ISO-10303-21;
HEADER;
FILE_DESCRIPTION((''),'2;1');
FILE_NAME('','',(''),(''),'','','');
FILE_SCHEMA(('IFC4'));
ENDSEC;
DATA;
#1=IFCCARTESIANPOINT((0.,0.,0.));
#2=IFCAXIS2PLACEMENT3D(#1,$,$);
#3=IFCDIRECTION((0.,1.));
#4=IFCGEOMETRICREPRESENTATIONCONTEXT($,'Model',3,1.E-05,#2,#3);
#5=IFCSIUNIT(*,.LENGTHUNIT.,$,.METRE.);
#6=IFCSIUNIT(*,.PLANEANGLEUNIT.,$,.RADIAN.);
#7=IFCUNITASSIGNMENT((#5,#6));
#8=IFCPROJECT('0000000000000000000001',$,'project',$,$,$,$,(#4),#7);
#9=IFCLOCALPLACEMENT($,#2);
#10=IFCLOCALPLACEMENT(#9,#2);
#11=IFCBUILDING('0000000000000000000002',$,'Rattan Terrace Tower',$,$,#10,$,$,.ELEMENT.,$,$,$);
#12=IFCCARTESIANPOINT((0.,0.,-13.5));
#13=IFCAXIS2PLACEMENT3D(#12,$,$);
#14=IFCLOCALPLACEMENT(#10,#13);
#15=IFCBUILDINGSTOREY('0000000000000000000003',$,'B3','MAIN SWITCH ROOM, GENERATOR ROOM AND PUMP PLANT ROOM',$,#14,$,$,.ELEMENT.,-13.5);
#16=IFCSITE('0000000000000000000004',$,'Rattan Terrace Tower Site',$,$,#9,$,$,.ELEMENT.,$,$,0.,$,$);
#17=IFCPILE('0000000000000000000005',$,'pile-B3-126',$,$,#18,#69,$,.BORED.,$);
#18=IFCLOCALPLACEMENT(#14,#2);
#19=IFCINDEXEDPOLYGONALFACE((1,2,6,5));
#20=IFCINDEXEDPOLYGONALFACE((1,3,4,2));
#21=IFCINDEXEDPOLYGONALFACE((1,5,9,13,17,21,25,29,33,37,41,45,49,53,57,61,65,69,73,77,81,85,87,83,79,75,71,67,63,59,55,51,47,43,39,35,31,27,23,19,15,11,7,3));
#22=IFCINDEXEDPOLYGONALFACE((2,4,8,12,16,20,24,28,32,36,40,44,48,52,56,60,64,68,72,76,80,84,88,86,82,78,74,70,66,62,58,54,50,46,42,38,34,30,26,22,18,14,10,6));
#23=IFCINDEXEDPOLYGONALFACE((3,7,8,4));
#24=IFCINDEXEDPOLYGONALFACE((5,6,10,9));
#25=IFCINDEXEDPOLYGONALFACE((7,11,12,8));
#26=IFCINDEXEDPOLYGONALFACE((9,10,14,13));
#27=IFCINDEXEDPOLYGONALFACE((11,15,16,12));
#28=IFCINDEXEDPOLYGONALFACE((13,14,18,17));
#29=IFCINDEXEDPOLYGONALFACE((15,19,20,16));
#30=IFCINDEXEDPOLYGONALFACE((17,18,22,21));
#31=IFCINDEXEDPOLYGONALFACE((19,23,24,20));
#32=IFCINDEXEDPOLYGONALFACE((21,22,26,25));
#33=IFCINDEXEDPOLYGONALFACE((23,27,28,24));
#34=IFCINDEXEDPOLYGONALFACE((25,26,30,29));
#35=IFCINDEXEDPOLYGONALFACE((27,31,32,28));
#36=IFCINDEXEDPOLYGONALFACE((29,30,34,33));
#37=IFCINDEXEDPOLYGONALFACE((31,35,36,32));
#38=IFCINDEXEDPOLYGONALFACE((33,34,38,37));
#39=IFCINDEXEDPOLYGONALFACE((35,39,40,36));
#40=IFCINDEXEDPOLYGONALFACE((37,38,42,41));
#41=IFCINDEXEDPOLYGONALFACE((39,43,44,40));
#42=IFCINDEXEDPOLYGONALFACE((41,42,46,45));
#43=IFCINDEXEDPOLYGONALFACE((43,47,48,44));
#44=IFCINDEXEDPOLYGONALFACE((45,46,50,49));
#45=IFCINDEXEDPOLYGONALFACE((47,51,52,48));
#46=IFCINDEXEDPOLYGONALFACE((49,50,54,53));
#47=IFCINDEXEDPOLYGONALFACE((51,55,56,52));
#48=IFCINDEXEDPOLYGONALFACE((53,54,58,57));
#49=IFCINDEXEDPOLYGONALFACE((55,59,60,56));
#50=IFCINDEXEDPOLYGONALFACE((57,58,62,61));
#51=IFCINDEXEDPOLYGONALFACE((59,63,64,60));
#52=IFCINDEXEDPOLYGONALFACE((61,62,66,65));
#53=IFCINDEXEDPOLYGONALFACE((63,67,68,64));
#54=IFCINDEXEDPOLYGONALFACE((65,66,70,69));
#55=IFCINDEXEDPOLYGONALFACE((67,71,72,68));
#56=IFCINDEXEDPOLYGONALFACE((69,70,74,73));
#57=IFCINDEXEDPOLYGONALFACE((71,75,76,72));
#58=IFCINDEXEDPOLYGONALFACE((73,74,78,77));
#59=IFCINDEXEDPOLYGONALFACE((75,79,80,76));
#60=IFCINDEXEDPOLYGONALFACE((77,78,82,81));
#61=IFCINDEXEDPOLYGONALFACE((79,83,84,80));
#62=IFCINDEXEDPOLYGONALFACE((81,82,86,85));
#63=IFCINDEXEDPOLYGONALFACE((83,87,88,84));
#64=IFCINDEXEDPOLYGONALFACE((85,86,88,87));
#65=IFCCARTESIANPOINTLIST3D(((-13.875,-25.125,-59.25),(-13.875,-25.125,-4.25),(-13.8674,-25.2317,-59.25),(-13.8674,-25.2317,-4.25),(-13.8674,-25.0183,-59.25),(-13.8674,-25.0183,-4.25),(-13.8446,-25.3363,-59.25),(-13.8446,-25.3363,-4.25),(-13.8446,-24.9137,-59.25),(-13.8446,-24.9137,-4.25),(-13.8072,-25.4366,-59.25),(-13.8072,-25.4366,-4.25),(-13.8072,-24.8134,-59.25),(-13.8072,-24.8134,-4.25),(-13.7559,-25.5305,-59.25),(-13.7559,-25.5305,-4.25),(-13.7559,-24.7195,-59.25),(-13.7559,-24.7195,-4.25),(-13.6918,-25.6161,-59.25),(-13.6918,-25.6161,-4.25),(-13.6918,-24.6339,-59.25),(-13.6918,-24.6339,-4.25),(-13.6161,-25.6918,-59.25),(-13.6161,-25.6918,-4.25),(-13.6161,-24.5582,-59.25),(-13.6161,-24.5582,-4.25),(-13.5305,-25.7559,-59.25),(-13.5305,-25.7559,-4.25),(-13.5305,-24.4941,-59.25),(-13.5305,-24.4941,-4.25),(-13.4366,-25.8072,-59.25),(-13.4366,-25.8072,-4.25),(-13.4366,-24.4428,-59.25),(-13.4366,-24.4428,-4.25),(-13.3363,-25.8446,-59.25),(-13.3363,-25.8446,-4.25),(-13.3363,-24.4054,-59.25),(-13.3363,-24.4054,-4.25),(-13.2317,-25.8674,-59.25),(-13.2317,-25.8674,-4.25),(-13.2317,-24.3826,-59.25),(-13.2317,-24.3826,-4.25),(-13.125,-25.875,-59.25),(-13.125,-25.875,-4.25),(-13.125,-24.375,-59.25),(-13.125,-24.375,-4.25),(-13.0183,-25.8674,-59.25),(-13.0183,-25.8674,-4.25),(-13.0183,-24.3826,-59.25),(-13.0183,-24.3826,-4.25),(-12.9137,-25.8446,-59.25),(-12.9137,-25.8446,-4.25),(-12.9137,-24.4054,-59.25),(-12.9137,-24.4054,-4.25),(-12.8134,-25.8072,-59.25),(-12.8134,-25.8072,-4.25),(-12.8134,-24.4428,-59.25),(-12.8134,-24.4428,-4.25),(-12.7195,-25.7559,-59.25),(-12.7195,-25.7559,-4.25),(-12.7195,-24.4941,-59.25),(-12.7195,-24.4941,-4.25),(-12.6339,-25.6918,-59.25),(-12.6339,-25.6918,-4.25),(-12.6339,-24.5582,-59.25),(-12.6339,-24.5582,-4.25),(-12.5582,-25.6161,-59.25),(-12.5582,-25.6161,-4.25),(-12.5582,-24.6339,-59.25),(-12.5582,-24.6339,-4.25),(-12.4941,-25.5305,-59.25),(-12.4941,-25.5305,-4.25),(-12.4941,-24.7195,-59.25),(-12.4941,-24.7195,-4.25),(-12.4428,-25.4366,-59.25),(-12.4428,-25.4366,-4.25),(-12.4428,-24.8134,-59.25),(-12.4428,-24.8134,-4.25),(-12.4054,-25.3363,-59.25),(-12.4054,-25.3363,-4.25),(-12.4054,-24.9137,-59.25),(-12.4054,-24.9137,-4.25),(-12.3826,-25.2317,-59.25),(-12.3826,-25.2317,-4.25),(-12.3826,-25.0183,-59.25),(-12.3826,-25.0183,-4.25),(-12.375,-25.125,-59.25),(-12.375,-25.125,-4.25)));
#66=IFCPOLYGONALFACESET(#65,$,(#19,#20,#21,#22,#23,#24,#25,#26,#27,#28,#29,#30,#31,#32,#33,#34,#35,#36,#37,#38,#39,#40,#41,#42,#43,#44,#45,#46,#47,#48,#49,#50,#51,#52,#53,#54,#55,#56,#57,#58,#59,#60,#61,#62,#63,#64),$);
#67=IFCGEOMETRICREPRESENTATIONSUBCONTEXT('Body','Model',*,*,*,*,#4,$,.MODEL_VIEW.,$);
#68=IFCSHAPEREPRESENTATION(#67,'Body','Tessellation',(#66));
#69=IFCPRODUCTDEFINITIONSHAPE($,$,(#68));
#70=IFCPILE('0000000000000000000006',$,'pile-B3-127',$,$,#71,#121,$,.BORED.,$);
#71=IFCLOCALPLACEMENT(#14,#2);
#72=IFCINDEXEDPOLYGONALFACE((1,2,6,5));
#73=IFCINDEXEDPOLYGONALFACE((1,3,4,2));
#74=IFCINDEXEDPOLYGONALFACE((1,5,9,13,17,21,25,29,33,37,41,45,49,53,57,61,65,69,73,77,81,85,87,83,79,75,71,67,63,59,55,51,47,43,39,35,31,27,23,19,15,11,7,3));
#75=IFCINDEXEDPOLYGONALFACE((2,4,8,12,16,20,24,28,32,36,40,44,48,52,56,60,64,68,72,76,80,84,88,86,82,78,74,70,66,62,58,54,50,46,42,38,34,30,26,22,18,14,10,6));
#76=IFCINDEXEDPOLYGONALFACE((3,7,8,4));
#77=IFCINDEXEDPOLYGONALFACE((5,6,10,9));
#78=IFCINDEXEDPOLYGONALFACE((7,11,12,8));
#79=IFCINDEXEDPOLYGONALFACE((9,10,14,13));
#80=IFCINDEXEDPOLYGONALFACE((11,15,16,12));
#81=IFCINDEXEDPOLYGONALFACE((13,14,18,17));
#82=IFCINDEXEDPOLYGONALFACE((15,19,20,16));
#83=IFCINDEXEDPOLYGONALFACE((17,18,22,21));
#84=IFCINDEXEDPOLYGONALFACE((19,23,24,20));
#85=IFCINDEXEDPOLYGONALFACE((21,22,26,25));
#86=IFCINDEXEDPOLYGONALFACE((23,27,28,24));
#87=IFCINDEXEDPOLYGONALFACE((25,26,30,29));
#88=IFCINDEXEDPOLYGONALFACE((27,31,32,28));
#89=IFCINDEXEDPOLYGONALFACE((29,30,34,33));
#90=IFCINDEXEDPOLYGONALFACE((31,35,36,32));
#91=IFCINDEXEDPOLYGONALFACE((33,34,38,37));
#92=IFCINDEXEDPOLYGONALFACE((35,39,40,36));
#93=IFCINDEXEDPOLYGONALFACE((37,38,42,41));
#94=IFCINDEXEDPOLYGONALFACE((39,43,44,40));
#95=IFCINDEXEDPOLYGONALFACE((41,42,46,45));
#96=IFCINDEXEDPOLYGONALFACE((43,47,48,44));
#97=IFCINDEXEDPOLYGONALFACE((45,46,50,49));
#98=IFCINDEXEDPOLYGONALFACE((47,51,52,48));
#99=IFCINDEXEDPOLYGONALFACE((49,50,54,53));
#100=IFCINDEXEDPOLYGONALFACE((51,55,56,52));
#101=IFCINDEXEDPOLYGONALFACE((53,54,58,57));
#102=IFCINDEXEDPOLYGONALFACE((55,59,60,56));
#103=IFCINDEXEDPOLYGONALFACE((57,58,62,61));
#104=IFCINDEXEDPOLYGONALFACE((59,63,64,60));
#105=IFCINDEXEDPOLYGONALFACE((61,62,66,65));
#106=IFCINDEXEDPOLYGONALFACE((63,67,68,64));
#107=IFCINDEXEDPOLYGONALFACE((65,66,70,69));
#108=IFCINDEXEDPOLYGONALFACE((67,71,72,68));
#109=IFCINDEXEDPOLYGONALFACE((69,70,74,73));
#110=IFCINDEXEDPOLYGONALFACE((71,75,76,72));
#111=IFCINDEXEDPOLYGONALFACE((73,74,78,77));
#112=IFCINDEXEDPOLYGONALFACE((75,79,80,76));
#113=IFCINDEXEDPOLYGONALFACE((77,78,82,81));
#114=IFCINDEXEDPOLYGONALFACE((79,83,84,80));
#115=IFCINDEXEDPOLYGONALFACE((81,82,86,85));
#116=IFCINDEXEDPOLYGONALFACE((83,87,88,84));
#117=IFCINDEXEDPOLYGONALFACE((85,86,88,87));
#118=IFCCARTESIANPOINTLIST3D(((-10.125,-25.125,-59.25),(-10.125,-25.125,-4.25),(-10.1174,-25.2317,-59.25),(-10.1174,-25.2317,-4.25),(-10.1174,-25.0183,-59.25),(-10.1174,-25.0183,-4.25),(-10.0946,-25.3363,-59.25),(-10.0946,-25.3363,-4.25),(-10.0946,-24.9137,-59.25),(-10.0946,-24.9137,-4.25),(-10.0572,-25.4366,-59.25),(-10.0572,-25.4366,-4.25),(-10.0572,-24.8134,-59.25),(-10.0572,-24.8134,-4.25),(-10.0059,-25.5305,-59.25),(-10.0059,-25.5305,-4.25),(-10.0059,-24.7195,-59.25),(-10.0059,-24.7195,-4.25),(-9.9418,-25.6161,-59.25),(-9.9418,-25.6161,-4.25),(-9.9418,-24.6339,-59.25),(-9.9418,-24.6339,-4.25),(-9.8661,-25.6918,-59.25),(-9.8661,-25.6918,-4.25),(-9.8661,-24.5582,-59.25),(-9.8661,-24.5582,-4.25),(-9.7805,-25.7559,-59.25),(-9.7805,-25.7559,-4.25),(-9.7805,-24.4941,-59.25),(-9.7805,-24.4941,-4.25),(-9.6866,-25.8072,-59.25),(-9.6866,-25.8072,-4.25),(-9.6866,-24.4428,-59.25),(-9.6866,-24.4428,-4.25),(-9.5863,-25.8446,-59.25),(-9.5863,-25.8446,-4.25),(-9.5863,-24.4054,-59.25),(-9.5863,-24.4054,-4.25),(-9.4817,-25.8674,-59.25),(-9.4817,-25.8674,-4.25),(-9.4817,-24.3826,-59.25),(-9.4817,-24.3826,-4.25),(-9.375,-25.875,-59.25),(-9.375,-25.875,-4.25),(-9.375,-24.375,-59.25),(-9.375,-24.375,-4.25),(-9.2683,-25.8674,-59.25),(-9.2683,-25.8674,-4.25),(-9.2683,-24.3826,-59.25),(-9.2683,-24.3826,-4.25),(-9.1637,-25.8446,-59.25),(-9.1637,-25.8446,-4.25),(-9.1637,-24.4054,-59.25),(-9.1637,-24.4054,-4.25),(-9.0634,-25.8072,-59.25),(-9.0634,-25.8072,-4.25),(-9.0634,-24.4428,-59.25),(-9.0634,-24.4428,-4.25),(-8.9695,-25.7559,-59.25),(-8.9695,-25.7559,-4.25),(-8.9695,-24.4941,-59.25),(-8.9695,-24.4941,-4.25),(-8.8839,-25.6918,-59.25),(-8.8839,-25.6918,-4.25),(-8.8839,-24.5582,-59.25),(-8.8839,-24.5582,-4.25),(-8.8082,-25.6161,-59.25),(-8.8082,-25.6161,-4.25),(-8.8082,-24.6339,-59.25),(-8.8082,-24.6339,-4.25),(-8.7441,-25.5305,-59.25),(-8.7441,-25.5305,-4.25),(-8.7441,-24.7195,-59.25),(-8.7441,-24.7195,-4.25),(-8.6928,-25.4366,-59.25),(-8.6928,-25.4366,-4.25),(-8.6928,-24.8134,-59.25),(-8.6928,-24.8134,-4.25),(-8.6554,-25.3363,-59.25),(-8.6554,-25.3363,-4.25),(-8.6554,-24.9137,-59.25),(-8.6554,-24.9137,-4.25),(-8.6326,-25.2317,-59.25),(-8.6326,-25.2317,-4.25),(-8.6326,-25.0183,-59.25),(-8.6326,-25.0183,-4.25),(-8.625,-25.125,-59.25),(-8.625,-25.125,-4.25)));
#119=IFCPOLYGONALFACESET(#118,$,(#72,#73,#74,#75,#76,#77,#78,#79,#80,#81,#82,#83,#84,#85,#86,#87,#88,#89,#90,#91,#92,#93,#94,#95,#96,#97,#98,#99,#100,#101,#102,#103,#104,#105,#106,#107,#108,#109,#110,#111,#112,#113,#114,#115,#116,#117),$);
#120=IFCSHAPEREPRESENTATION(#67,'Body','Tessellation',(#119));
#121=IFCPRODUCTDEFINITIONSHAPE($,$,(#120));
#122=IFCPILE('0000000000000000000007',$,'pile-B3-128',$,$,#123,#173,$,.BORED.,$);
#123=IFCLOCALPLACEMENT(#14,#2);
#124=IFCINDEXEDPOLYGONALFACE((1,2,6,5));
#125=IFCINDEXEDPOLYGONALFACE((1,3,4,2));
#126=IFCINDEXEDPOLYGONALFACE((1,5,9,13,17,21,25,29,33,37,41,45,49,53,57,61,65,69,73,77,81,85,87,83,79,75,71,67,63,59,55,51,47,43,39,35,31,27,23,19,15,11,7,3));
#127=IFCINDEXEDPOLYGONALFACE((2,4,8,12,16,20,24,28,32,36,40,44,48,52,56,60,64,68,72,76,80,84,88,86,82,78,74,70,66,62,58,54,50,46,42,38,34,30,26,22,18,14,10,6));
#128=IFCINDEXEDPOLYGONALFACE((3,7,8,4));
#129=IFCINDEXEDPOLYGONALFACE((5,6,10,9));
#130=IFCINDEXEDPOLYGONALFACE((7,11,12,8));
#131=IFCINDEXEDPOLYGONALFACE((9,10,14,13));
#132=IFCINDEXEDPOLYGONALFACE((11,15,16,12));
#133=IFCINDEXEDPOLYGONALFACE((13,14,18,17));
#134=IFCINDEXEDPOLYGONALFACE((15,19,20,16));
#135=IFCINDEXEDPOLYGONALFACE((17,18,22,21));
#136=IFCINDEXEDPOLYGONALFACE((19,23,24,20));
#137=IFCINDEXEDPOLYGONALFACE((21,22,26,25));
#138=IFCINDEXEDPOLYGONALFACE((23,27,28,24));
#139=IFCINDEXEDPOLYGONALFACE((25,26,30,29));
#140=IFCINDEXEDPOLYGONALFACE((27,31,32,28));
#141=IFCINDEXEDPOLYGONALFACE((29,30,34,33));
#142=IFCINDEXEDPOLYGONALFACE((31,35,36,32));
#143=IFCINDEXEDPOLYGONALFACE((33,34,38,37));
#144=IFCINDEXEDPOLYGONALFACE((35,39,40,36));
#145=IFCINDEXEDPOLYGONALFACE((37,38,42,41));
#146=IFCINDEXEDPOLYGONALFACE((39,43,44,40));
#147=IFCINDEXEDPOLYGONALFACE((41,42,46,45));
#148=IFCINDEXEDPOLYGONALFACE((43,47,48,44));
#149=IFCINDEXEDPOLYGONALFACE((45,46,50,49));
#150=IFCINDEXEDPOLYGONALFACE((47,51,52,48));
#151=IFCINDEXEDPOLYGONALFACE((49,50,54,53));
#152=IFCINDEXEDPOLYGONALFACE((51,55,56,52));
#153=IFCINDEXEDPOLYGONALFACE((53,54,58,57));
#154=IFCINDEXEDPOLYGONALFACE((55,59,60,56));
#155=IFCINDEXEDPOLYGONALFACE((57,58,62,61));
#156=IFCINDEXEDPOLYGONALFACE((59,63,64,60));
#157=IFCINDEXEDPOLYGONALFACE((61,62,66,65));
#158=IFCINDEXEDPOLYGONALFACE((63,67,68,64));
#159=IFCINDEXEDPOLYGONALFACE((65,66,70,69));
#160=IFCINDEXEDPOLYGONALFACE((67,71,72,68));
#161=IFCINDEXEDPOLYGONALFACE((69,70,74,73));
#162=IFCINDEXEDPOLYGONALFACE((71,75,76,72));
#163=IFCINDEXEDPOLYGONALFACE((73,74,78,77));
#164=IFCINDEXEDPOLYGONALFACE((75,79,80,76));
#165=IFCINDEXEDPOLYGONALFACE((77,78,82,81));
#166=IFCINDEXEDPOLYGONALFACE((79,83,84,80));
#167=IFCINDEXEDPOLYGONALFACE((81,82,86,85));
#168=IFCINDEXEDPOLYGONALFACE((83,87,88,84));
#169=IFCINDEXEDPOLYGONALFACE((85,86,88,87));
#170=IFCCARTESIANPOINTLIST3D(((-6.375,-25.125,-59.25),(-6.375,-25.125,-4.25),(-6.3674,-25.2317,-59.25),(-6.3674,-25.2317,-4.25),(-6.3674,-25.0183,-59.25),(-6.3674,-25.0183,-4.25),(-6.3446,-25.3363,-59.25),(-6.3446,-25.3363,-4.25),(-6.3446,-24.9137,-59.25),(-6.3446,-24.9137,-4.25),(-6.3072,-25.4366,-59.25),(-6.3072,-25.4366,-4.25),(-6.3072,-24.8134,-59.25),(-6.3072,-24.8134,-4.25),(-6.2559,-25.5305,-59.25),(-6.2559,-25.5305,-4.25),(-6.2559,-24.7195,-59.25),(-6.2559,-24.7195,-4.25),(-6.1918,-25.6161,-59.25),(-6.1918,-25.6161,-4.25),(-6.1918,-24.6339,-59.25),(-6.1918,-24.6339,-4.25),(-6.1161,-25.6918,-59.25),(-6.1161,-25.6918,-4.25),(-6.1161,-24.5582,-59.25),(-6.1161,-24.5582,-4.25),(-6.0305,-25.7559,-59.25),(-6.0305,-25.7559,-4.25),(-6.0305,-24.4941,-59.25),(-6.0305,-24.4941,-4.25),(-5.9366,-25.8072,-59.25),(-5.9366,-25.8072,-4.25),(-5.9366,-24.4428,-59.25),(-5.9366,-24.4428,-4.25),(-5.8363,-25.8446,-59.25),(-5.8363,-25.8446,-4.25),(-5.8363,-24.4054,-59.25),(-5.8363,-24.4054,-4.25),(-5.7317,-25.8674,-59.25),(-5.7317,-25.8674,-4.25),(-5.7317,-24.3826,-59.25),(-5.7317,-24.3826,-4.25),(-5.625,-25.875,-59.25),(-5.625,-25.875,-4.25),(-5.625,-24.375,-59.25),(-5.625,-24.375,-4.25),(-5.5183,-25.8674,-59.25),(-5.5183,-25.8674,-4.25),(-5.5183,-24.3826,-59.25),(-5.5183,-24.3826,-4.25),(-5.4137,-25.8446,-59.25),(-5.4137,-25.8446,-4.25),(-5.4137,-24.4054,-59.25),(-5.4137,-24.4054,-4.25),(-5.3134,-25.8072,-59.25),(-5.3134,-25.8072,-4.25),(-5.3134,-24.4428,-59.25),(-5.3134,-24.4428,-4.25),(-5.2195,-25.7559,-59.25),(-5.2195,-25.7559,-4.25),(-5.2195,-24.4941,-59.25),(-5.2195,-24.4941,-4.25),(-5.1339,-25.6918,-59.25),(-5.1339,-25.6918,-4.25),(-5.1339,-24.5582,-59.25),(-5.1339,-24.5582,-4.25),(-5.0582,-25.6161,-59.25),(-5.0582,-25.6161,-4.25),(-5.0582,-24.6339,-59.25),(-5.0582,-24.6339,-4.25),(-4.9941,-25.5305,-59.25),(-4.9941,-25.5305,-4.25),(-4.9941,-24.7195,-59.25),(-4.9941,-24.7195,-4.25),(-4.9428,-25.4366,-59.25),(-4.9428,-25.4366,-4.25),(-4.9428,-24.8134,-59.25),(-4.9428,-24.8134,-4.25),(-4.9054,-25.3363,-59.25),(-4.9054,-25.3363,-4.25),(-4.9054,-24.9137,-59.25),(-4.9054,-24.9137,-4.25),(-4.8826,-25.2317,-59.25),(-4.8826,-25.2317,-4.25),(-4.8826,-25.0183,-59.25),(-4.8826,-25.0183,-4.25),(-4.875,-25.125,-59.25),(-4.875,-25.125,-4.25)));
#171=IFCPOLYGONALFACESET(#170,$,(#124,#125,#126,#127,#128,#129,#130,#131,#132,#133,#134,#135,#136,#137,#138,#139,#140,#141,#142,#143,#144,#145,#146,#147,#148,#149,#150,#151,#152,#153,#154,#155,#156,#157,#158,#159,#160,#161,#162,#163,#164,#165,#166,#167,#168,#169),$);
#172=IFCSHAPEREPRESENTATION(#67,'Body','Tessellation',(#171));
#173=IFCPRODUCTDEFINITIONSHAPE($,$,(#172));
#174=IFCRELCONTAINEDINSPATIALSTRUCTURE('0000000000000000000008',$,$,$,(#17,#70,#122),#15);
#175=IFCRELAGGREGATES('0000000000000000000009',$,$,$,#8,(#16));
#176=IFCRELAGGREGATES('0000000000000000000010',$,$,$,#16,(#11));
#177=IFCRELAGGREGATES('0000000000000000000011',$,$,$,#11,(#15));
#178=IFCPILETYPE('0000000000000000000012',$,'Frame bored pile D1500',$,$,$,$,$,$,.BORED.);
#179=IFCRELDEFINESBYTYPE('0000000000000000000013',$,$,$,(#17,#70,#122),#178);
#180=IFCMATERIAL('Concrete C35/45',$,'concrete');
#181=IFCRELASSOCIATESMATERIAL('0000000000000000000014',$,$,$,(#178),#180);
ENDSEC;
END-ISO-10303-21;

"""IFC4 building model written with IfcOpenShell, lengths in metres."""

from ifc_helpers import new_model, si_unit, direction, frame, origin, origin_2d, place, context, subcontext, project, spatial, circle, extrude, material, material_profile, profile_set, type_object, element, save


model = new_model("IFC4")

# Units and contexts
model_context = context("Model", 3, precision=1e-05, world=origin(), true_north=direction((0.0, 1.0)))
body_context = subcontext(model_context, "Body", "Model", "MODEL_VIEW")
ifc_project = project(units=[si_unit("LENGTHUNIT", "METRE"), si_unit("PLANEANGLEUNIT", "RADIAN")], contexts=[model_context])

# Site, building, storey
site_placement = place(None, origin())
site = spatial("IfcSite", under=ifc_project, at=site_placement, Name="Rattan Terrace Tower Site", CompositionType="ELEMENT", RefElevation=0.0)
building_placement = place(site_placement, origin())
building = spatial("IfcBuilding", under=site, at=building_placement, Name="Rattan Terrace Tower", CompositionType="ELEMENT")
storey_placement = place(building_placement, frame((0.0, 0.0, -13.5)))
storey = spatial("IfcBuildingStorey", under=building, at=storey_placement, Name="B3", Description="MAIN SWITCH ROOM, GENERATOR ROOM AND PUMP PLANT ROOM", CompositionType="ELEMENT", Elevation=-13.5)

# Piles
ifc_material_1 = material(Name="Concrete C35/45", Category="concrete")
ifc_material_profile_1 = material_profile(ifc_material_1, circle(Radius=0.75, at=origin_2d()), Name="PILE D1500")
ifc_profile_set_1 = profile_set([ifc_material_profile_1], Name="Concrete C35/45")
pile_type = type_object("IfcPileType", Name="Frame bored pile D1500", PredefinedType="BORED", material=ifc_profile_set_1)
for number, where, z_axis, x_axis, name in (
    (1, (-13.125, -25.125, -4.25), (0.0, 0.0, -1.0), (1.0, 0.0, 0.0), "pile-B3-126"),
    (2, (-9.375, -25.125, -4.25), (0.0, 0.0, -1.0), (1.0, 0.0, 0.0), "pile-B3-127"),
    (3, (-5.625, -25.125, -4.25), (0.0, 0.0, -1.0), (1.0, 0.0, 0.0), "pile-B3-128"),
):
    element("IfcPile", number, at=place(storey_placement, frame(where, z_axis=z_axis, x_axis=x_axis)), inside=storey, type_object=pile_type, Name=name, PredefinedType="BORED", context=body_context, shape_type="SweptSolid", body=[
        extrude(circle(Radius=0.75, at=origin_2d()), origin(), (0.0, 0.0, 1.0), 55.0),
    ])

save(model, "model.ifc")
